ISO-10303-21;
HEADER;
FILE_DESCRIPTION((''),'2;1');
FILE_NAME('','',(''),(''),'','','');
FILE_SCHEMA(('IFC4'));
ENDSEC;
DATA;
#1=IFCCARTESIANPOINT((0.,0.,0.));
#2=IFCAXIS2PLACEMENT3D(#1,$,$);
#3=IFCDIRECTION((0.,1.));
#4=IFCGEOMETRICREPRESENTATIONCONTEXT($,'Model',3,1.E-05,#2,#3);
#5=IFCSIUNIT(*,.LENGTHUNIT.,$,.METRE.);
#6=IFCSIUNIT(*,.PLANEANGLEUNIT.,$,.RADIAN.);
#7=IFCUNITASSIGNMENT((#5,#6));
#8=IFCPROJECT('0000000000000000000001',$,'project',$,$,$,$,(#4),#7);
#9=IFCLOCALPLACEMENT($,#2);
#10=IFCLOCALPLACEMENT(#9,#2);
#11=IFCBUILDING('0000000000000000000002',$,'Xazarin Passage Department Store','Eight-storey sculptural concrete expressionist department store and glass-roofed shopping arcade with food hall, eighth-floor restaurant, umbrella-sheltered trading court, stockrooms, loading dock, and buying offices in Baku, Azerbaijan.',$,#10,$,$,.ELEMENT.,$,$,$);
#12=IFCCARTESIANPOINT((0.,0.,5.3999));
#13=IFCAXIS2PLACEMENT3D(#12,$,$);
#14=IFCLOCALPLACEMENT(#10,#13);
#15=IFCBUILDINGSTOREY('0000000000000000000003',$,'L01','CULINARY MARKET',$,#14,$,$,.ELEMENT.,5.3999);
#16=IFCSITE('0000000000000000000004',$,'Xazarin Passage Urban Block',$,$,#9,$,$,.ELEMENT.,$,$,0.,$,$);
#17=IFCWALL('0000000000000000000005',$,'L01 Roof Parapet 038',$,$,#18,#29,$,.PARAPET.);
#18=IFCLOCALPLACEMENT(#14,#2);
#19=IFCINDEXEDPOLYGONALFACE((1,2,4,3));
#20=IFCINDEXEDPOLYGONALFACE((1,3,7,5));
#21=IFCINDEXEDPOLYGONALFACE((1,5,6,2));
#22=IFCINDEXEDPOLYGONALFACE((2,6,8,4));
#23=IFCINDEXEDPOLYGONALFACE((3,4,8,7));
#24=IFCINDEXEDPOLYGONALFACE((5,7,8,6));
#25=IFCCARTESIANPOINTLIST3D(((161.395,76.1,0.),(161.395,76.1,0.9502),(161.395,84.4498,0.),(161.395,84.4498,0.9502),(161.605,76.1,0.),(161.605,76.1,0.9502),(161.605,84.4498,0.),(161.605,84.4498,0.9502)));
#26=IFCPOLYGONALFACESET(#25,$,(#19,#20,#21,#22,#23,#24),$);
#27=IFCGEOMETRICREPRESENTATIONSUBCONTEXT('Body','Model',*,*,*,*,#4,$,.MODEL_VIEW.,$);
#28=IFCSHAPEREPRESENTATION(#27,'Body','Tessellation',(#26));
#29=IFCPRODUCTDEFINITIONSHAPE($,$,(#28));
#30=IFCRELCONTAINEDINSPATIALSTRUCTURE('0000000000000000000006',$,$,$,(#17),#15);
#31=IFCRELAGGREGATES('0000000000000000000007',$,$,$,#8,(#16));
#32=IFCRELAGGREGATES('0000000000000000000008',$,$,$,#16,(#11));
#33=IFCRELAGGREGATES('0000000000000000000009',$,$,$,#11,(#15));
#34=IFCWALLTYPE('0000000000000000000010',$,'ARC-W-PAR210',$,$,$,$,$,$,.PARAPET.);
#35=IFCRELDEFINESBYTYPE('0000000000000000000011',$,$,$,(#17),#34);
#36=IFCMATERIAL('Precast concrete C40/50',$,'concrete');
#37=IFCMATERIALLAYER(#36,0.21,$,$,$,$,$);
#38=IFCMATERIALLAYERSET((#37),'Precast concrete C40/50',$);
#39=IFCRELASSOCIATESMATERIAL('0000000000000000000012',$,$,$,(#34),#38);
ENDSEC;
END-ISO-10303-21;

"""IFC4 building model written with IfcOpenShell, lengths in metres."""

from ifc_helpers import new_model, si_unit, direction, frame, frame_2d, origin, place, context, subcontext, project, spatial, rectangle, extrude, material, layer, layer_set, type_object, element, save


model = new_model("IFC4")

# Units and contexts
model_context = context("Model", 3, precision=1e-05, world=origin(), true_north=direction((0.0, 1.0)))
body_context = subcontext(model_context, "Body", "Model", "MODEL_VIEW")
ifc_project = project(units=[si_unit("LENGTHUNIT", "METRE"), si_unit("PLANEANGLEUNIT", "RADIAN")], contexts=[model_context])

# Site, building, storey
site_placement = place(None, origin())
site = spatial("IfcSite", under=ifc_project, at=site_placement, Name="Xazarin Passage Urban Block", CompositionType="ELEMENT", RefElevation=0.0)
building_placement = place(site_placement, origin())
building = spatial("IfcBuilding", under=site, at=building_placement, Name="Xazarin Passage Department Store", Description="Eight-storey sculptural concrete expressionist department store and glass-roofed shopping arcade with food hall, eighth-floor restaurant, umbrella-sheltered trading court, stockrooms, loading dock, and buying offices in Baku, Azerbaijan.", CompositionType="ELEMENT")
storey_placement = place(building_placement, frame((0.0, 0.0, 5.3999)))
storey = spatial("IfcBuildingStorey", under=building, at=storey_placement, Name="L01", Description="CULINARY MARKET", CompositionType="ELEMENT", Elevation=5.3999)

# Wall
ifc_material_1 = material(Name="Precast concrete C40/50", Category="concrete")
ifc_layer_1 = layer(ifc_material_1, 0.21)
ifc_layer_set_1 = layer_set([ifc_layer_1], Name="Precast concrete C40/50")
wall_type_1 = type_object("IfcWallType", Name="ARC-W-PAR210", PredefinedType="PARAPET", material=ifc_layer_set_1)
wall_1_placement = place(storey_placement, frame((161.5, 76.1001, 0.0), z_axis=(0.0, 0.0, 1.0), x_axis=(0.0, 1.0, 0.0)))
element("IfcWall", 1, at=wall_1_placement, inside=storey, type_object=wall_type_1, Name="L01 Roof Parapet 038", PredefinedType="PARAPET", context=body_context, shape_type="SweptSolid", body=[
    extrude(rectangle(XDim=8.3499, YDim=0.21, at=frame_2d((4.1748, 0.0))), origin(), (0.0, 0.0, 1.0), 0.9502),
])

save(model, "model.ifc")
